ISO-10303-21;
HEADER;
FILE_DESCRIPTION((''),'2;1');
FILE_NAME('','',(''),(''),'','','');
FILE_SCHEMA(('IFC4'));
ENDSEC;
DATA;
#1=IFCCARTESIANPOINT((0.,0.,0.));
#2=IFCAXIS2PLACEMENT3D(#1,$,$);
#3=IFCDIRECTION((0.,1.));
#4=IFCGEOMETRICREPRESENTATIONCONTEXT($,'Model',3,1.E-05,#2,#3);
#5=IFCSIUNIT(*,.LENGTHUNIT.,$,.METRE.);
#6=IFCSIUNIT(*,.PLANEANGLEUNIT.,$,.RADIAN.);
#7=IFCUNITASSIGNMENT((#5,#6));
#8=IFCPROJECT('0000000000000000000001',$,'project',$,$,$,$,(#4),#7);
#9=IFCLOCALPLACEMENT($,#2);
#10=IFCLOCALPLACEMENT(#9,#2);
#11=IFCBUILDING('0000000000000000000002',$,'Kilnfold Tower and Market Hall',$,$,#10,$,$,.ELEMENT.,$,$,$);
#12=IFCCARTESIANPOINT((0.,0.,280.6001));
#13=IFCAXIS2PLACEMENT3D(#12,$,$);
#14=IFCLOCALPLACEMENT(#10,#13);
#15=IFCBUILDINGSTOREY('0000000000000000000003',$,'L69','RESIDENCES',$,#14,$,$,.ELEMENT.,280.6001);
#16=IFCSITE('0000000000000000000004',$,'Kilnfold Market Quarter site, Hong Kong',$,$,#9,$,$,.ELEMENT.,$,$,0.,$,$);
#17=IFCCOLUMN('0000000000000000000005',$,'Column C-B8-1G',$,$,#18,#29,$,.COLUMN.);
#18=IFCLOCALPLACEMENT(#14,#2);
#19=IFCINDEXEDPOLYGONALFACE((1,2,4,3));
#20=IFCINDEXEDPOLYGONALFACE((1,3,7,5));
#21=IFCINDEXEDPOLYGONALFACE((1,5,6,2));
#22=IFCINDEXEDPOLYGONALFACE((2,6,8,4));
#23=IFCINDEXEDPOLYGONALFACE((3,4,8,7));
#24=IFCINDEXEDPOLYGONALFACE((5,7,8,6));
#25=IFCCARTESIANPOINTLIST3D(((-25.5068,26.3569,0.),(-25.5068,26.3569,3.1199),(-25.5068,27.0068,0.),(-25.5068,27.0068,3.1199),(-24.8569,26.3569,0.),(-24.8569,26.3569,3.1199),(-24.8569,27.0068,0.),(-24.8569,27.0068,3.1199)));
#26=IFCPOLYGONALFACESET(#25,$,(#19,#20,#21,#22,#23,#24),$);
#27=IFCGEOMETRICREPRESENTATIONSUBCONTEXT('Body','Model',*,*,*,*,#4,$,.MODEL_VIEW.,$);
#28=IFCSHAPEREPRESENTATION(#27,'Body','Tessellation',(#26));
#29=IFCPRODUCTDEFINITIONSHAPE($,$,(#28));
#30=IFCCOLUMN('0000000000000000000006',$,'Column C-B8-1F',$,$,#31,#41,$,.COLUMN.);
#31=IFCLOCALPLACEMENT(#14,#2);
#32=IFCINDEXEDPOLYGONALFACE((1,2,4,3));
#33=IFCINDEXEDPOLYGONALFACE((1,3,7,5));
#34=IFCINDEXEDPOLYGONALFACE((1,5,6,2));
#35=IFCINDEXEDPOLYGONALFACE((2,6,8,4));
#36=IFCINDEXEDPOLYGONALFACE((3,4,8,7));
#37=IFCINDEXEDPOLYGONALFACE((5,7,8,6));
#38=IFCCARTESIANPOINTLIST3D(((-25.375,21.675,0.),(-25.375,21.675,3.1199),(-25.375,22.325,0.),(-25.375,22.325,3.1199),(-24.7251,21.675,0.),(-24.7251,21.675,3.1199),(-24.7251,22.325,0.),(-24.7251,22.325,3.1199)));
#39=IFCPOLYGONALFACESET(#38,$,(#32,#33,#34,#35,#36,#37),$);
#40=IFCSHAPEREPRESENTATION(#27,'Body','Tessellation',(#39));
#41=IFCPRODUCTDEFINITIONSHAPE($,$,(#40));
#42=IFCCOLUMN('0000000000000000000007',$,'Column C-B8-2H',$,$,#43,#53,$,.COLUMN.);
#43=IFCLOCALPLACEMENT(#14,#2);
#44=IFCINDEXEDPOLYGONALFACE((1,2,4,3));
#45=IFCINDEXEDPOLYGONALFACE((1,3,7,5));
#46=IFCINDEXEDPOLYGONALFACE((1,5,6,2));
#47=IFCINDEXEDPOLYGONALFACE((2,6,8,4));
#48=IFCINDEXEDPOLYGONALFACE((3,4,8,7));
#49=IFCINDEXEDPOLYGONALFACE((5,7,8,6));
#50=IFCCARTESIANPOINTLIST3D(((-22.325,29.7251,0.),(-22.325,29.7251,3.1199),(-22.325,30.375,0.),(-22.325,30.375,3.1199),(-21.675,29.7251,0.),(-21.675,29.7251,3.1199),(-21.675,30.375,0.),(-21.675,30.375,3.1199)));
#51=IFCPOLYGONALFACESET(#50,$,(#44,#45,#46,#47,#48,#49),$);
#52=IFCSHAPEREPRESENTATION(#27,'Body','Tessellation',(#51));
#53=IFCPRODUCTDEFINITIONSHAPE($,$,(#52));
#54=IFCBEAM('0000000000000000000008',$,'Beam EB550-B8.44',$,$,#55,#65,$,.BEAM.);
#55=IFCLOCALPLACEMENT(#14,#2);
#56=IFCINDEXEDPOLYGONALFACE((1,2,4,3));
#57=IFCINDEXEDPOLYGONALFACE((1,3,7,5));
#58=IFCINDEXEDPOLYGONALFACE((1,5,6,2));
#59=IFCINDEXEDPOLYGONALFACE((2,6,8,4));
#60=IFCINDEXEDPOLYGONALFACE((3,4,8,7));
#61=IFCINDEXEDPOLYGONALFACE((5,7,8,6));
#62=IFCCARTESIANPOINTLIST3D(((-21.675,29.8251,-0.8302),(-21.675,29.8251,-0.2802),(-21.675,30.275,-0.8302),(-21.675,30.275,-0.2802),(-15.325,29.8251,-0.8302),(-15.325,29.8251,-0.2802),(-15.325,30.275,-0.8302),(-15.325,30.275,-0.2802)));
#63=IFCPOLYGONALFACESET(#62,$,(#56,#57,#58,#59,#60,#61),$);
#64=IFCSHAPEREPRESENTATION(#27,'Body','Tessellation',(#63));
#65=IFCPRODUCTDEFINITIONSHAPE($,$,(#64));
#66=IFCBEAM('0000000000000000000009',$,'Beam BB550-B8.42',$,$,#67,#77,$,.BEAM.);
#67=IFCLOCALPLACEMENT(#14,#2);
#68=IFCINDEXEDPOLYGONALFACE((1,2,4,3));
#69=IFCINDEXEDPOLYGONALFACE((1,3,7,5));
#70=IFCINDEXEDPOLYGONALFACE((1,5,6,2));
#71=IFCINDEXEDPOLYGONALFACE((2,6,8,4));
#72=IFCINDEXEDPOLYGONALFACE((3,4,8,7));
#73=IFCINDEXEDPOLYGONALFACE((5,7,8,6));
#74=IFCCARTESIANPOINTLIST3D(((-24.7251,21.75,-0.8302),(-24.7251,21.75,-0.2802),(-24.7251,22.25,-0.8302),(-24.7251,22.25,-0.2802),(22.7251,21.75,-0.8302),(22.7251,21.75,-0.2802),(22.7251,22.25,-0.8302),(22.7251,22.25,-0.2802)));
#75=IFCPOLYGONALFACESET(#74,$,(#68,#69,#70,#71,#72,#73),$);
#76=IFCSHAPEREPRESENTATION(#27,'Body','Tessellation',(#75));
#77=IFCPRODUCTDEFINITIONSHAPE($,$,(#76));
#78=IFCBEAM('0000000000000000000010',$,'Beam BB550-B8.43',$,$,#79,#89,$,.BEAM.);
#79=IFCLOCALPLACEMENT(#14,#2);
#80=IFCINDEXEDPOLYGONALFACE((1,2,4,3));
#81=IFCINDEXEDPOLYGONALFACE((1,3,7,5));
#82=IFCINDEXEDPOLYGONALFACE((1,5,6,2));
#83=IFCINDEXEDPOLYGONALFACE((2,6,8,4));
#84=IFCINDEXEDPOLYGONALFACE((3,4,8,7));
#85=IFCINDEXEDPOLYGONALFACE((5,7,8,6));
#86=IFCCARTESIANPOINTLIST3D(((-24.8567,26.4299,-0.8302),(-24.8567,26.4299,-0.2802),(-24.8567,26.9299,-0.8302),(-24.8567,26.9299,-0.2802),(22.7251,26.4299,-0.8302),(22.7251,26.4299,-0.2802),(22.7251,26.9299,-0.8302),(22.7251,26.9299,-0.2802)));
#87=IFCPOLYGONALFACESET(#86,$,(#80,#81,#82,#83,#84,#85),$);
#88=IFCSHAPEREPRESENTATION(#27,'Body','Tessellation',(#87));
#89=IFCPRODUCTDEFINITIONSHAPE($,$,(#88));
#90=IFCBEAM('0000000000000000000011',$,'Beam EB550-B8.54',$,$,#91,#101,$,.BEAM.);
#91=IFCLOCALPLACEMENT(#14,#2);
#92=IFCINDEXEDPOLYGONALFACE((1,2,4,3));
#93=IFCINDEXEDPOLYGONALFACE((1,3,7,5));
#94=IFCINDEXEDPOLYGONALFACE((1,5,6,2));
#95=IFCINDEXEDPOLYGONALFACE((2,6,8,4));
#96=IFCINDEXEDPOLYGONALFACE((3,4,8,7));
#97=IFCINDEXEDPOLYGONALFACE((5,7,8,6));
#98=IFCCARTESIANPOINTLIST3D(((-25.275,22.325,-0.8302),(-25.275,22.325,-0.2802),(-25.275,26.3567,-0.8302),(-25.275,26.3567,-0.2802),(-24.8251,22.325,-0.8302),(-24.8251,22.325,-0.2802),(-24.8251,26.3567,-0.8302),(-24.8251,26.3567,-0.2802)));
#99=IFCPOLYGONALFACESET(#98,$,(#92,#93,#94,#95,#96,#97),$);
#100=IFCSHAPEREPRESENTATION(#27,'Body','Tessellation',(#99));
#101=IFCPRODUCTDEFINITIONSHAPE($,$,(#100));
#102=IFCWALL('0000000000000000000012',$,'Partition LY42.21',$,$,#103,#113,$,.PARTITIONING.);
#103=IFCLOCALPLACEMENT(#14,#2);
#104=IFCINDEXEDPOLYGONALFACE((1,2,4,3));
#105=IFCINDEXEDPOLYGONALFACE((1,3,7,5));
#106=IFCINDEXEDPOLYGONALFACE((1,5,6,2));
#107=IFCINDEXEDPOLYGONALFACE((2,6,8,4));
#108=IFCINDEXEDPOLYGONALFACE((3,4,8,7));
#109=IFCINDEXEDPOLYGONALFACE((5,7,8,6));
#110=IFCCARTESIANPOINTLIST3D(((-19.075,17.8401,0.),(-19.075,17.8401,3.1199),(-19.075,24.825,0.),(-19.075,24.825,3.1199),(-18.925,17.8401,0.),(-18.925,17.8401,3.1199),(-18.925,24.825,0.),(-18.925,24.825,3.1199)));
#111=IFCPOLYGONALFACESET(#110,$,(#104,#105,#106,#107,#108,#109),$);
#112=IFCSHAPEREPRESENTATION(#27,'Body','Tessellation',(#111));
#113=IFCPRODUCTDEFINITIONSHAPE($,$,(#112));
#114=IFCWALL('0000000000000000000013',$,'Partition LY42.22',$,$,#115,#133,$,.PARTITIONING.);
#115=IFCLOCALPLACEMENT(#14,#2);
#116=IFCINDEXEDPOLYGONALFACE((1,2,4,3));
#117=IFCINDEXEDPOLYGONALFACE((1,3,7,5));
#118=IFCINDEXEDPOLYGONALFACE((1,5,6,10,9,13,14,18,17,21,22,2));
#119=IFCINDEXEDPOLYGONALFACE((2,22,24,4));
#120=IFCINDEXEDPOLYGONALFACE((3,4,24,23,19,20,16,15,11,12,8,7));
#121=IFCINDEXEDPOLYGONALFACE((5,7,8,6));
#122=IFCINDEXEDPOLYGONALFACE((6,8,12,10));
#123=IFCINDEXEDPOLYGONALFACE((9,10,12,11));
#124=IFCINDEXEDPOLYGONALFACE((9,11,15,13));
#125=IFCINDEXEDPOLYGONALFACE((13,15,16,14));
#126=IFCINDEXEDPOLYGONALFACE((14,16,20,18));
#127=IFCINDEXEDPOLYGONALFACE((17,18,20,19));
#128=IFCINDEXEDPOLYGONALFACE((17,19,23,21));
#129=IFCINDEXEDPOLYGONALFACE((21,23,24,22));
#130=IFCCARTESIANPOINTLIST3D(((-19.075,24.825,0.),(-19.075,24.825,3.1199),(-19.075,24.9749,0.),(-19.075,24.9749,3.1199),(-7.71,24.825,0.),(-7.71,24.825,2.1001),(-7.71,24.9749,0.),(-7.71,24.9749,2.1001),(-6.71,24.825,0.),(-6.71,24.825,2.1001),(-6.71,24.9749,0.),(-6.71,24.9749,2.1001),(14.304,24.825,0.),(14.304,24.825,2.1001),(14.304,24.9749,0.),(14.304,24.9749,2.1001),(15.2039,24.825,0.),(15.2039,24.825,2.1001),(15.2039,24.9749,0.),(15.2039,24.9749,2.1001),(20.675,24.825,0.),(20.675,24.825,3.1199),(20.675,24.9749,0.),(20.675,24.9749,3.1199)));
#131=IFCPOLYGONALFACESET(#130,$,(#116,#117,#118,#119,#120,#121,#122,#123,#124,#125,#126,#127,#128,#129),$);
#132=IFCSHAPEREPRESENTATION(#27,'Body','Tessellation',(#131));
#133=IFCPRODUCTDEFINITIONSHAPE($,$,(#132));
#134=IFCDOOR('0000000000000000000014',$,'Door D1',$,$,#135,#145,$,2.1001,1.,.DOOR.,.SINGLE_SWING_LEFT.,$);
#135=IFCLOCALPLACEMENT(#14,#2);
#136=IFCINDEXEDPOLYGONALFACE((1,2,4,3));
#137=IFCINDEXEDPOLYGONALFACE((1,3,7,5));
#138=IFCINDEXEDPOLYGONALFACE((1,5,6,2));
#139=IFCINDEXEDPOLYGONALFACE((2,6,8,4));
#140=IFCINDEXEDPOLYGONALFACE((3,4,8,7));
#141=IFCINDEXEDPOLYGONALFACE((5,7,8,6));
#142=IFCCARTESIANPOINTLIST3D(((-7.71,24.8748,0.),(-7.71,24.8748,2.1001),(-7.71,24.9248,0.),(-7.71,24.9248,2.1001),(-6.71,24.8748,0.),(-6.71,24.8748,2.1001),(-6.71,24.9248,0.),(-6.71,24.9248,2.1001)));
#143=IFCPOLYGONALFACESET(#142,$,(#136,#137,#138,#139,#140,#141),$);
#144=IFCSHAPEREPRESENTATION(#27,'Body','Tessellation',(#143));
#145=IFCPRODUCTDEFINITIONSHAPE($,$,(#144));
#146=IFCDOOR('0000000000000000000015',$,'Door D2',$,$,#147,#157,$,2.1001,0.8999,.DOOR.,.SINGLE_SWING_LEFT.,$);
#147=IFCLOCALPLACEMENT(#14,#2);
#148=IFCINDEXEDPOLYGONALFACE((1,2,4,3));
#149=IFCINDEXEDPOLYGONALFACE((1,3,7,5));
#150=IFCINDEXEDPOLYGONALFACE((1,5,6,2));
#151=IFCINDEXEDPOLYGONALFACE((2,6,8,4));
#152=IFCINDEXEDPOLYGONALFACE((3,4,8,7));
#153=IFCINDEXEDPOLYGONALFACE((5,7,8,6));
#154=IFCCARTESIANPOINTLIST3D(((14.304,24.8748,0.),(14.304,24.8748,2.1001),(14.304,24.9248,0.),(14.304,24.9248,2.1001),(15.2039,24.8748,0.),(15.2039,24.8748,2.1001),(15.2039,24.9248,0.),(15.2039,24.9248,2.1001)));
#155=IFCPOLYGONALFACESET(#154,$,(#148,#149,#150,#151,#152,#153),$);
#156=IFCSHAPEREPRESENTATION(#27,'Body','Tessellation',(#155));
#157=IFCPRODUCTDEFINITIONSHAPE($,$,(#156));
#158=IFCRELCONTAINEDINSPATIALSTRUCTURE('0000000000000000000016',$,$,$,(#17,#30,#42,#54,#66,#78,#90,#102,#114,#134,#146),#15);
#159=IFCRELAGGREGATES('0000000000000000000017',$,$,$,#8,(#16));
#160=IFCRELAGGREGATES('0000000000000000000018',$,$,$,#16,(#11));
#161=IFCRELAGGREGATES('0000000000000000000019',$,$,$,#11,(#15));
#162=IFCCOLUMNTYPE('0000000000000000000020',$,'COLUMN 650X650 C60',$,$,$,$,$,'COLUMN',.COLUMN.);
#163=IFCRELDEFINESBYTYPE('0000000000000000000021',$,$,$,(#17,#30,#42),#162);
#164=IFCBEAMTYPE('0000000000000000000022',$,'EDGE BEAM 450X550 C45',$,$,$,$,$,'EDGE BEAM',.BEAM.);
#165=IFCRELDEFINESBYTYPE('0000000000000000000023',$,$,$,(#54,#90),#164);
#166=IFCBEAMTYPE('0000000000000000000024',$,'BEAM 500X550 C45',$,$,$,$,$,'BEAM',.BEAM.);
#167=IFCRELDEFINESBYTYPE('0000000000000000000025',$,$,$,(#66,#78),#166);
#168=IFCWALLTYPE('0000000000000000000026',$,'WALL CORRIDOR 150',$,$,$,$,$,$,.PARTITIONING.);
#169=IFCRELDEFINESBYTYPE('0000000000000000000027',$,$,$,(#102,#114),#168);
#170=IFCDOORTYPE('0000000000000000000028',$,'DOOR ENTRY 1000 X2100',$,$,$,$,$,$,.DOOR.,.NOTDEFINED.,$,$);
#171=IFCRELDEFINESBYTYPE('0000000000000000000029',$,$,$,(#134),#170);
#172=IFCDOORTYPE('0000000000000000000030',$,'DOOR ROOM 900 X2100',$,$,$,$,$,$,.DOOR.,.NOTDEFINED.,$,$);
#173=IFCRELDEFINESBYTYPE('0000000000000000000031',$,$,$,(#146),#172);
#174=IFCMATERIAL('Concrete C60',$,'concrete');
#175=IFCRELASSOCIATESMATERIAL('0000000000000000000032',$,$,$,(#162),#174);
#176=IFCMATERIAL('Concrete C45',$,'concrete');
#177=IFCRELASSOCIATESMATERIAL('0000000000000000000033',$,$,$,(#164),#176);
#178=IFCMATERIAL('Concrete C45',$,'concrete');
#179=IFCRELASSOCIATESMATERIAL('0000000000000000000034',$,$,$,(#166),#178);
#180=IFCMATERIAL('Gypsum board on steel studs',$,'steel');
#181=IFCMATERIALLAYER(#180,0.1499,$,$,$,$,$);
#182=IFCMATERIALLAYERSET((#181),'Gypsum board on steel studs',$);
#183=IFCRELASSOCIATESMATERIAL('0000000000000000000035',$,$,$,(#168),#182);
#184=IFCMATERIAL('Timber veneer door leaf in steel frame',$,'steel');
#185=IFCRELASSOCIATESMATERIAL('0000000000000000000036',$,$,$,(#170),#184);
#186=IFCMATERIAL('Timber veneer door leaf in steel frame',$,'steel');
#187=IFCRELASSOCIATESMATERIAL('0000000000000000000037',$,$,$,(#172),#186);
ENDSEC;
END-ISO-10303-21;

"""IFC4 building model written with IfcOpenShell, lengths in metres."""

from ifc_helpers import new_model, si_unit, direction, frame, frame_2d, origin, origin_2d, place, context, subcontext, project, spatial, rectangle, extrude, source, transform, mapped, material, layer, layer_set, material_profile, profile_set, type_object, element, fill, save


model = new_model("IFC4")

# Units and contexts
model_context = context("Model", 3, precision=1e-05, world=origin(), true_north=direction((0.0, 1.0)))
body_context = subcontext(model_context, "Body", "Model", "MODEL_VIEW")
ifc_project = project(units=[si_unit("LENGTHUNIT", "METRE"), si_unit("PLANEANGLEUNIT", "RADIAN")], contexts=[model_context])

# Site, building, storey
site_placement = place(None, origin())
site = spatial("IfcSite", under=ifc_project, at=site_placement, Name="Kilnfold Market Quarter site, Hong Kong", CompositionType="ELEMENT", RefElevation=0.0)
building_placement = place(site_placement, origin())
building = spatial("IfcBuilding", under=site, at=building_placement, Name="Kilnfold Tower and Market Hall", CompositionType="ELEMENT")
storey_placement = place(building_placement, frame((0.0, 0.0, 280.6001)))
storey = spatial("IfcBuildingStorey", under=building, at=storey_placement, Name="L69", Description="RESIDENCES", CompositionType="ELEMENT", Elevation=280.6001)

# Columns
ifc_material_1 = material(Name="Concrete C60", Category="concrete")
ifc_material_profile_1 = material_profile(ifc_material_1, rectangle(XDim=0.6499, YDim=0.6499, at=origin_2d()), Name="RC 650x650")
ifc_profile_set_1 = profile_set([ifc_material_profile_1], Name="Concrete C60")
column_type = type_object("IfcColumnType", Name="COLUMN 650X650 C60", ElementType="COLUMN", PredefinedType="COLUMN", material=ifc_profile_set_1)
shared_shape_1 = source(origin(), body_context, "Body", "SweptSolid", [
    extrude(rectangle(XDim=0.6499, YDim=0.6499, at=origin_2d()), origin(), (0.0, 0.0, 1.0), 3.1199),
])
for number, where, z_axis, x_axis, name in (
    (1, (-25.1819, 26.6819, 0.0), (0.0, 0.0, 1.0), (1.0, 0.0, 0.0), "Column C-B8-1G"),
    (2, (-25.05, 22.0, 0.0), (0.0, 0.0, 1.0), (1.0, 0.0, 0.0), "Column C-B8-1F"),
    (3, (-22.0, 30.05, 0.0), (0.0, 0.0, 1.0), (1.0, 0.0, 0.0), "Column C-B8-2H"),
):
    element("IfcColumn", number, at=place(storey_placement, frame(where, z_axis=z_axis, x_axis=x_axis)), inside=storey, type_object=column_type, Name=name, PredefinedType="COLUMN", context=body_context, shape_type="MappedRepresentation", body=[
        mapped(shared_shape_1, transform((0.0, 0.0, 0.0))),
    ])

# Beams
ifc_material_2 = material(Name="Concrete C45", Category="concrete")
ifc_material_profile_2 = material_profile(ifc_material_2, rectangle(XDim=0.45, YDim=0.55, at=origin_2d()), Name="RC 450x550")
ifc_profile_set_2 = profile_set([ifc_material_profile_2], Name="Concrete C45")
beam_type_1 = type_object("IfcBeamType", Name="EDGE BEAM 450X550 C45", ElementType="EDGE BEAM", PredefinedType="BEAM", material=ifc_profile_set_2)
shared_shape_2 = source(origin(), body_context, "Body", "SweptSolid", [
    extrude(rectangle(XDim=0.45, YDim=0.55, at=origin_2d()), origin(), (0.0, 0.0, 1.0), 6.3501),
])
beam_1_placement = place(storey_placement, frame((-21.675, 30.05, -0.5552), z_axis=(1.0, 0.0, 0.0), x_axis=(0.0, 1.0, 0.0)))
element("IfcBeam", 4, at=beam_1_placement, inside=storey, type_object=beam_type_1, Name="Beam EB550-B8.44", PredefinedType="BEAM", context=body_context, shape_type="MappedRepresentation", body=[
    mapped(shared_shape_2, transform((0.0, 0.0, 0.0))),
])
ifc_material_3 = material(Name="Concrete C45", Category="concrete")
ifc_material_profile_3 = material_profile(ifc_material_3, rectangle(XDim=0.5, YDim=0.55, at=origin_2d()), Name="RC 500x550")
ifc_profile_set_3 = profile_set([ifc_material_profile_3], Name="Concrete C45")
beam_type_2 = type_object("IfcBeamType", Name="BEAM 500X550 C45", ElementType="BEAM", PredefinedType="BEAM", material=ifc_profile_set_3)
shared_shape_3 = source(origin(), body_context, "Body", "SweptSolid", [
    extrude(rectangle(XDim=0.5, YDim=0.55, at=origin_2d()), origin(), (0.0, 0.0, 1.0), 47.4502),
])
beam_2_placement = place(storey_placement, frame((-24.7251, 22.0, -0.5552), z_axis=(1.0, 0.0, 0.0), x_axis=(0.0, 1.0, 0.0)))
element("IfcBeam", 5, at=beam_2_placement, inside=storey, type_object=beam_type_2, Name="Beam BB550-B8.42", PredefinedType="BEAM", context=body_context, shape_type="MappedRepresentation", body=[
    mapped(shared_shape_3, transform((0.0, 0.0, 0.0))),
])
shared_shape_4 = source(origin(), body_context, "Body", "SweptSolid", [
    extrude(rectangle(XDim=0.5, YDim=0.55, at=origin_2d()), origin(), (0.0, 0.0, 1.0), 47.5818),
])
beam_3_placement = place(storey_placement, frame((-24.8567, 26.6799, -0.5552), z_axis=(1.0, 0.0, 0.0), x_axis=(0.0, 1.0, 0.0)))
element("IfcBeam", 6, at=beam_3_placement, inside=storey, type_object=beam_type_2, Name="Beam BB550-B8.43", PredefinedType="BEAM", context=body_context, shape_type="MappedRepresentation", body=[
    mapped(shared_shape_4, transform((0.0, 0.0, 0.0))),
])
shared_shape_5 = source(origin(), body_context, "Body", "SweptSolid", [
    extrude(rectangle(XDim=0.45, YDim=0.55, at=origin_2d()), origin(), (0.0, 0.0, 1.0), 4.0317),
])
beam_4_placement = place(storey_placement, frame((-25.05, 22.325, -0.5552), z_axis=(0.0, 1.0, 0.0), x_axis=(-1.0, 0.0, 0.0)))
element("IfcBeam", 7, at=beam_4_placement, inside=storey, type_object=beam_type_1, Name="Beam EB550-B8.54", PredefinedType="BEAM", context=body_context, shape_type="MappedRepresentation", body=[
    mapped(shared_shape_5, transform((0.0, 0.0, 0.0))),
])

# Wall
ifc_material_4 = material(Name="Gypsum board on steel studs", Category="steel")
ifc_layer_1 = layer(ifc_material_4, 0.1499)
ifc_layer_set_1 = layer_set([ifc_layer_1], Name="Gypsum board on steel studs")
wall_type_1 = type_object("IfcWallType", Name="WALL CORRIDOR 150", PredefinedType="PARTITIONING", material=ifc_layer_set_1)
wall_1_placement = place(storey_placement, frame((-19.0, 17.8401, 0.0), z_axis=(0.0, 0.0, 1.0), x_axis=(0.0, 1.0, 0.0)))
element("IfcWall", 8, at=wall_1_placement, inside=storey, type_object=wall_type_1, Name="Partition LY42.21", PredefinedType="PARTITIONING", context=body_context, shape_type="SweptSolid", body=[
    extrude(rectangle(XDim=6.9849, YDim=0.1499, at=frame_2d((3.4924, 0.0))), origin(), (0.0, 0.0, 1.0), 3.1199),
])

# Wall, openings, doors
wall_2_placement = place(storey_placement, frame((-19.075, 24.8999, 0.0), z_axis=(0.0, 0.0, 1.0), x_axis=(1.0, 0.0, 0.0)))
wall_2 = element("IfcWall", 9, at=wall_2_placement, inside=storey, type_object=wall_type_1, Name="Partition LY42.22", PredefinedType="PARTITIONING", context=body_context, shape_type="SweptSolid", body=[
    extrude(rectangle(XDim=39.75, YDim=0.1499, at=frame_2d((19.875, 0.0))), origin(), (0.0, 0.0, 1.0), 3.1199),
])
opening_1_placement = place(wall_2_placement, frame((11.365, 0.0, 0.0)))
opening_1 = element("IfcOpeningElement", 10, at=opening_1_placement, cuts=wall_2, PredefinedType="OPENING", context=body_context, shape_type="SweptSolid", body=[
    extrude(rectangle(XDim=1.0, YDim=2.1001, at=frame_2d((0.5, 1.05))), frame((0.0, 0.085, 0.0), z_axis=(0.0, -1.0, 0.0), x_axis=(1.0, 0.0, 0.0)), (0.0, 0.0, 1.0), 0.1699),
])
opening_2_placement = place(wall_2_placement, frame((33.3789, 0.0, 0.0)))
opening_2 = element("IfcOpeningElement", 11, at=opening_2_placement, cuts=wall_2, PredefinedType="OPENING", context=body_context, shape_type="SweptSolid", body=[
    extrude(rectangle(XDim=0.8999, YDim=2.1001, at=frame_2d((0.45, 1.05))), frame((0.0, 0.085, 0.0), z_axis=(0.0, -1.0, 0.0), x_axis=(1.0, 0.0, 0.0)), (0.0, 0.0, 1.0), 0.1699),
])
ifc_material_5 = material(Name="Timber veneer door leaf in steel frame", Category="steel")
door_type_1 = type_object("IfcDoorType", Name="DOOR ENTRY 1000 X2100", OperationType="NOTDEFINED", PredefinedType="DOOR", material=ifc_material_5)
door_1_placement = place(opening_1_placement, origin())
door_1 = element("IfcDoor", 12, at=door_1_placement, inside=storey, type_object=door_type_1, Name="Door D1", OperationType="SINGLE_SWING_LEFT", OverallHeight=2.1001, OverallWidth=1.0, PredefinedType="DOOR", context=body_context, shape_type="SweptSolid", body=[
    extrude(rectangle(XDim=1.0, YDim=2.1001, at=frame_2d((0.5, 1.05))), frame((0.0, 0.0249, 0.0), z_axis=(0.0, -1.0, 0.0), x_axis=(1.0, 0.0, 0.0)), (0.0, 0.0, 1.0), 0.05),
])
fill(opening_1, door_1)
ifc_material_6 = material(Name="Timber veneer door leaf in steel frame", Category="steel")
door_type_2 = type_object("IfcDoorType", Name="DOOR ROOM 900 X2100", OperationType="NOTDEFINED", PredefinedType="DOOR", material=ifc_material_6)
door_2_placement = place(opening_2_placement, origin())
door_2 = element("IfcDoor", 13, at=door_2_placement, inside=storey, type_object=door_type_2, Name="Door D2", OperationType="SINGLE_SWING_LEFT", OverallHeight=2.1001, OverallWidth=0.8999, PredefinedType="DOOR", context=body_context, shape_type="SweptSolid", body=[
    extrude(rectangle(XDim=0.8999, YDim=2.1001, at=frame_2d((0.45, 1.05))), frame((0.0, 0.0249, 0.0), z_axis=(0.0, -1.0, 0.0), x_axis=(1.0, 0.0, 0.0)), (0.0, 0.0, 1.0), 0.05),
])
fill(opening_2, door_2)

save(model, "model.ifc")
